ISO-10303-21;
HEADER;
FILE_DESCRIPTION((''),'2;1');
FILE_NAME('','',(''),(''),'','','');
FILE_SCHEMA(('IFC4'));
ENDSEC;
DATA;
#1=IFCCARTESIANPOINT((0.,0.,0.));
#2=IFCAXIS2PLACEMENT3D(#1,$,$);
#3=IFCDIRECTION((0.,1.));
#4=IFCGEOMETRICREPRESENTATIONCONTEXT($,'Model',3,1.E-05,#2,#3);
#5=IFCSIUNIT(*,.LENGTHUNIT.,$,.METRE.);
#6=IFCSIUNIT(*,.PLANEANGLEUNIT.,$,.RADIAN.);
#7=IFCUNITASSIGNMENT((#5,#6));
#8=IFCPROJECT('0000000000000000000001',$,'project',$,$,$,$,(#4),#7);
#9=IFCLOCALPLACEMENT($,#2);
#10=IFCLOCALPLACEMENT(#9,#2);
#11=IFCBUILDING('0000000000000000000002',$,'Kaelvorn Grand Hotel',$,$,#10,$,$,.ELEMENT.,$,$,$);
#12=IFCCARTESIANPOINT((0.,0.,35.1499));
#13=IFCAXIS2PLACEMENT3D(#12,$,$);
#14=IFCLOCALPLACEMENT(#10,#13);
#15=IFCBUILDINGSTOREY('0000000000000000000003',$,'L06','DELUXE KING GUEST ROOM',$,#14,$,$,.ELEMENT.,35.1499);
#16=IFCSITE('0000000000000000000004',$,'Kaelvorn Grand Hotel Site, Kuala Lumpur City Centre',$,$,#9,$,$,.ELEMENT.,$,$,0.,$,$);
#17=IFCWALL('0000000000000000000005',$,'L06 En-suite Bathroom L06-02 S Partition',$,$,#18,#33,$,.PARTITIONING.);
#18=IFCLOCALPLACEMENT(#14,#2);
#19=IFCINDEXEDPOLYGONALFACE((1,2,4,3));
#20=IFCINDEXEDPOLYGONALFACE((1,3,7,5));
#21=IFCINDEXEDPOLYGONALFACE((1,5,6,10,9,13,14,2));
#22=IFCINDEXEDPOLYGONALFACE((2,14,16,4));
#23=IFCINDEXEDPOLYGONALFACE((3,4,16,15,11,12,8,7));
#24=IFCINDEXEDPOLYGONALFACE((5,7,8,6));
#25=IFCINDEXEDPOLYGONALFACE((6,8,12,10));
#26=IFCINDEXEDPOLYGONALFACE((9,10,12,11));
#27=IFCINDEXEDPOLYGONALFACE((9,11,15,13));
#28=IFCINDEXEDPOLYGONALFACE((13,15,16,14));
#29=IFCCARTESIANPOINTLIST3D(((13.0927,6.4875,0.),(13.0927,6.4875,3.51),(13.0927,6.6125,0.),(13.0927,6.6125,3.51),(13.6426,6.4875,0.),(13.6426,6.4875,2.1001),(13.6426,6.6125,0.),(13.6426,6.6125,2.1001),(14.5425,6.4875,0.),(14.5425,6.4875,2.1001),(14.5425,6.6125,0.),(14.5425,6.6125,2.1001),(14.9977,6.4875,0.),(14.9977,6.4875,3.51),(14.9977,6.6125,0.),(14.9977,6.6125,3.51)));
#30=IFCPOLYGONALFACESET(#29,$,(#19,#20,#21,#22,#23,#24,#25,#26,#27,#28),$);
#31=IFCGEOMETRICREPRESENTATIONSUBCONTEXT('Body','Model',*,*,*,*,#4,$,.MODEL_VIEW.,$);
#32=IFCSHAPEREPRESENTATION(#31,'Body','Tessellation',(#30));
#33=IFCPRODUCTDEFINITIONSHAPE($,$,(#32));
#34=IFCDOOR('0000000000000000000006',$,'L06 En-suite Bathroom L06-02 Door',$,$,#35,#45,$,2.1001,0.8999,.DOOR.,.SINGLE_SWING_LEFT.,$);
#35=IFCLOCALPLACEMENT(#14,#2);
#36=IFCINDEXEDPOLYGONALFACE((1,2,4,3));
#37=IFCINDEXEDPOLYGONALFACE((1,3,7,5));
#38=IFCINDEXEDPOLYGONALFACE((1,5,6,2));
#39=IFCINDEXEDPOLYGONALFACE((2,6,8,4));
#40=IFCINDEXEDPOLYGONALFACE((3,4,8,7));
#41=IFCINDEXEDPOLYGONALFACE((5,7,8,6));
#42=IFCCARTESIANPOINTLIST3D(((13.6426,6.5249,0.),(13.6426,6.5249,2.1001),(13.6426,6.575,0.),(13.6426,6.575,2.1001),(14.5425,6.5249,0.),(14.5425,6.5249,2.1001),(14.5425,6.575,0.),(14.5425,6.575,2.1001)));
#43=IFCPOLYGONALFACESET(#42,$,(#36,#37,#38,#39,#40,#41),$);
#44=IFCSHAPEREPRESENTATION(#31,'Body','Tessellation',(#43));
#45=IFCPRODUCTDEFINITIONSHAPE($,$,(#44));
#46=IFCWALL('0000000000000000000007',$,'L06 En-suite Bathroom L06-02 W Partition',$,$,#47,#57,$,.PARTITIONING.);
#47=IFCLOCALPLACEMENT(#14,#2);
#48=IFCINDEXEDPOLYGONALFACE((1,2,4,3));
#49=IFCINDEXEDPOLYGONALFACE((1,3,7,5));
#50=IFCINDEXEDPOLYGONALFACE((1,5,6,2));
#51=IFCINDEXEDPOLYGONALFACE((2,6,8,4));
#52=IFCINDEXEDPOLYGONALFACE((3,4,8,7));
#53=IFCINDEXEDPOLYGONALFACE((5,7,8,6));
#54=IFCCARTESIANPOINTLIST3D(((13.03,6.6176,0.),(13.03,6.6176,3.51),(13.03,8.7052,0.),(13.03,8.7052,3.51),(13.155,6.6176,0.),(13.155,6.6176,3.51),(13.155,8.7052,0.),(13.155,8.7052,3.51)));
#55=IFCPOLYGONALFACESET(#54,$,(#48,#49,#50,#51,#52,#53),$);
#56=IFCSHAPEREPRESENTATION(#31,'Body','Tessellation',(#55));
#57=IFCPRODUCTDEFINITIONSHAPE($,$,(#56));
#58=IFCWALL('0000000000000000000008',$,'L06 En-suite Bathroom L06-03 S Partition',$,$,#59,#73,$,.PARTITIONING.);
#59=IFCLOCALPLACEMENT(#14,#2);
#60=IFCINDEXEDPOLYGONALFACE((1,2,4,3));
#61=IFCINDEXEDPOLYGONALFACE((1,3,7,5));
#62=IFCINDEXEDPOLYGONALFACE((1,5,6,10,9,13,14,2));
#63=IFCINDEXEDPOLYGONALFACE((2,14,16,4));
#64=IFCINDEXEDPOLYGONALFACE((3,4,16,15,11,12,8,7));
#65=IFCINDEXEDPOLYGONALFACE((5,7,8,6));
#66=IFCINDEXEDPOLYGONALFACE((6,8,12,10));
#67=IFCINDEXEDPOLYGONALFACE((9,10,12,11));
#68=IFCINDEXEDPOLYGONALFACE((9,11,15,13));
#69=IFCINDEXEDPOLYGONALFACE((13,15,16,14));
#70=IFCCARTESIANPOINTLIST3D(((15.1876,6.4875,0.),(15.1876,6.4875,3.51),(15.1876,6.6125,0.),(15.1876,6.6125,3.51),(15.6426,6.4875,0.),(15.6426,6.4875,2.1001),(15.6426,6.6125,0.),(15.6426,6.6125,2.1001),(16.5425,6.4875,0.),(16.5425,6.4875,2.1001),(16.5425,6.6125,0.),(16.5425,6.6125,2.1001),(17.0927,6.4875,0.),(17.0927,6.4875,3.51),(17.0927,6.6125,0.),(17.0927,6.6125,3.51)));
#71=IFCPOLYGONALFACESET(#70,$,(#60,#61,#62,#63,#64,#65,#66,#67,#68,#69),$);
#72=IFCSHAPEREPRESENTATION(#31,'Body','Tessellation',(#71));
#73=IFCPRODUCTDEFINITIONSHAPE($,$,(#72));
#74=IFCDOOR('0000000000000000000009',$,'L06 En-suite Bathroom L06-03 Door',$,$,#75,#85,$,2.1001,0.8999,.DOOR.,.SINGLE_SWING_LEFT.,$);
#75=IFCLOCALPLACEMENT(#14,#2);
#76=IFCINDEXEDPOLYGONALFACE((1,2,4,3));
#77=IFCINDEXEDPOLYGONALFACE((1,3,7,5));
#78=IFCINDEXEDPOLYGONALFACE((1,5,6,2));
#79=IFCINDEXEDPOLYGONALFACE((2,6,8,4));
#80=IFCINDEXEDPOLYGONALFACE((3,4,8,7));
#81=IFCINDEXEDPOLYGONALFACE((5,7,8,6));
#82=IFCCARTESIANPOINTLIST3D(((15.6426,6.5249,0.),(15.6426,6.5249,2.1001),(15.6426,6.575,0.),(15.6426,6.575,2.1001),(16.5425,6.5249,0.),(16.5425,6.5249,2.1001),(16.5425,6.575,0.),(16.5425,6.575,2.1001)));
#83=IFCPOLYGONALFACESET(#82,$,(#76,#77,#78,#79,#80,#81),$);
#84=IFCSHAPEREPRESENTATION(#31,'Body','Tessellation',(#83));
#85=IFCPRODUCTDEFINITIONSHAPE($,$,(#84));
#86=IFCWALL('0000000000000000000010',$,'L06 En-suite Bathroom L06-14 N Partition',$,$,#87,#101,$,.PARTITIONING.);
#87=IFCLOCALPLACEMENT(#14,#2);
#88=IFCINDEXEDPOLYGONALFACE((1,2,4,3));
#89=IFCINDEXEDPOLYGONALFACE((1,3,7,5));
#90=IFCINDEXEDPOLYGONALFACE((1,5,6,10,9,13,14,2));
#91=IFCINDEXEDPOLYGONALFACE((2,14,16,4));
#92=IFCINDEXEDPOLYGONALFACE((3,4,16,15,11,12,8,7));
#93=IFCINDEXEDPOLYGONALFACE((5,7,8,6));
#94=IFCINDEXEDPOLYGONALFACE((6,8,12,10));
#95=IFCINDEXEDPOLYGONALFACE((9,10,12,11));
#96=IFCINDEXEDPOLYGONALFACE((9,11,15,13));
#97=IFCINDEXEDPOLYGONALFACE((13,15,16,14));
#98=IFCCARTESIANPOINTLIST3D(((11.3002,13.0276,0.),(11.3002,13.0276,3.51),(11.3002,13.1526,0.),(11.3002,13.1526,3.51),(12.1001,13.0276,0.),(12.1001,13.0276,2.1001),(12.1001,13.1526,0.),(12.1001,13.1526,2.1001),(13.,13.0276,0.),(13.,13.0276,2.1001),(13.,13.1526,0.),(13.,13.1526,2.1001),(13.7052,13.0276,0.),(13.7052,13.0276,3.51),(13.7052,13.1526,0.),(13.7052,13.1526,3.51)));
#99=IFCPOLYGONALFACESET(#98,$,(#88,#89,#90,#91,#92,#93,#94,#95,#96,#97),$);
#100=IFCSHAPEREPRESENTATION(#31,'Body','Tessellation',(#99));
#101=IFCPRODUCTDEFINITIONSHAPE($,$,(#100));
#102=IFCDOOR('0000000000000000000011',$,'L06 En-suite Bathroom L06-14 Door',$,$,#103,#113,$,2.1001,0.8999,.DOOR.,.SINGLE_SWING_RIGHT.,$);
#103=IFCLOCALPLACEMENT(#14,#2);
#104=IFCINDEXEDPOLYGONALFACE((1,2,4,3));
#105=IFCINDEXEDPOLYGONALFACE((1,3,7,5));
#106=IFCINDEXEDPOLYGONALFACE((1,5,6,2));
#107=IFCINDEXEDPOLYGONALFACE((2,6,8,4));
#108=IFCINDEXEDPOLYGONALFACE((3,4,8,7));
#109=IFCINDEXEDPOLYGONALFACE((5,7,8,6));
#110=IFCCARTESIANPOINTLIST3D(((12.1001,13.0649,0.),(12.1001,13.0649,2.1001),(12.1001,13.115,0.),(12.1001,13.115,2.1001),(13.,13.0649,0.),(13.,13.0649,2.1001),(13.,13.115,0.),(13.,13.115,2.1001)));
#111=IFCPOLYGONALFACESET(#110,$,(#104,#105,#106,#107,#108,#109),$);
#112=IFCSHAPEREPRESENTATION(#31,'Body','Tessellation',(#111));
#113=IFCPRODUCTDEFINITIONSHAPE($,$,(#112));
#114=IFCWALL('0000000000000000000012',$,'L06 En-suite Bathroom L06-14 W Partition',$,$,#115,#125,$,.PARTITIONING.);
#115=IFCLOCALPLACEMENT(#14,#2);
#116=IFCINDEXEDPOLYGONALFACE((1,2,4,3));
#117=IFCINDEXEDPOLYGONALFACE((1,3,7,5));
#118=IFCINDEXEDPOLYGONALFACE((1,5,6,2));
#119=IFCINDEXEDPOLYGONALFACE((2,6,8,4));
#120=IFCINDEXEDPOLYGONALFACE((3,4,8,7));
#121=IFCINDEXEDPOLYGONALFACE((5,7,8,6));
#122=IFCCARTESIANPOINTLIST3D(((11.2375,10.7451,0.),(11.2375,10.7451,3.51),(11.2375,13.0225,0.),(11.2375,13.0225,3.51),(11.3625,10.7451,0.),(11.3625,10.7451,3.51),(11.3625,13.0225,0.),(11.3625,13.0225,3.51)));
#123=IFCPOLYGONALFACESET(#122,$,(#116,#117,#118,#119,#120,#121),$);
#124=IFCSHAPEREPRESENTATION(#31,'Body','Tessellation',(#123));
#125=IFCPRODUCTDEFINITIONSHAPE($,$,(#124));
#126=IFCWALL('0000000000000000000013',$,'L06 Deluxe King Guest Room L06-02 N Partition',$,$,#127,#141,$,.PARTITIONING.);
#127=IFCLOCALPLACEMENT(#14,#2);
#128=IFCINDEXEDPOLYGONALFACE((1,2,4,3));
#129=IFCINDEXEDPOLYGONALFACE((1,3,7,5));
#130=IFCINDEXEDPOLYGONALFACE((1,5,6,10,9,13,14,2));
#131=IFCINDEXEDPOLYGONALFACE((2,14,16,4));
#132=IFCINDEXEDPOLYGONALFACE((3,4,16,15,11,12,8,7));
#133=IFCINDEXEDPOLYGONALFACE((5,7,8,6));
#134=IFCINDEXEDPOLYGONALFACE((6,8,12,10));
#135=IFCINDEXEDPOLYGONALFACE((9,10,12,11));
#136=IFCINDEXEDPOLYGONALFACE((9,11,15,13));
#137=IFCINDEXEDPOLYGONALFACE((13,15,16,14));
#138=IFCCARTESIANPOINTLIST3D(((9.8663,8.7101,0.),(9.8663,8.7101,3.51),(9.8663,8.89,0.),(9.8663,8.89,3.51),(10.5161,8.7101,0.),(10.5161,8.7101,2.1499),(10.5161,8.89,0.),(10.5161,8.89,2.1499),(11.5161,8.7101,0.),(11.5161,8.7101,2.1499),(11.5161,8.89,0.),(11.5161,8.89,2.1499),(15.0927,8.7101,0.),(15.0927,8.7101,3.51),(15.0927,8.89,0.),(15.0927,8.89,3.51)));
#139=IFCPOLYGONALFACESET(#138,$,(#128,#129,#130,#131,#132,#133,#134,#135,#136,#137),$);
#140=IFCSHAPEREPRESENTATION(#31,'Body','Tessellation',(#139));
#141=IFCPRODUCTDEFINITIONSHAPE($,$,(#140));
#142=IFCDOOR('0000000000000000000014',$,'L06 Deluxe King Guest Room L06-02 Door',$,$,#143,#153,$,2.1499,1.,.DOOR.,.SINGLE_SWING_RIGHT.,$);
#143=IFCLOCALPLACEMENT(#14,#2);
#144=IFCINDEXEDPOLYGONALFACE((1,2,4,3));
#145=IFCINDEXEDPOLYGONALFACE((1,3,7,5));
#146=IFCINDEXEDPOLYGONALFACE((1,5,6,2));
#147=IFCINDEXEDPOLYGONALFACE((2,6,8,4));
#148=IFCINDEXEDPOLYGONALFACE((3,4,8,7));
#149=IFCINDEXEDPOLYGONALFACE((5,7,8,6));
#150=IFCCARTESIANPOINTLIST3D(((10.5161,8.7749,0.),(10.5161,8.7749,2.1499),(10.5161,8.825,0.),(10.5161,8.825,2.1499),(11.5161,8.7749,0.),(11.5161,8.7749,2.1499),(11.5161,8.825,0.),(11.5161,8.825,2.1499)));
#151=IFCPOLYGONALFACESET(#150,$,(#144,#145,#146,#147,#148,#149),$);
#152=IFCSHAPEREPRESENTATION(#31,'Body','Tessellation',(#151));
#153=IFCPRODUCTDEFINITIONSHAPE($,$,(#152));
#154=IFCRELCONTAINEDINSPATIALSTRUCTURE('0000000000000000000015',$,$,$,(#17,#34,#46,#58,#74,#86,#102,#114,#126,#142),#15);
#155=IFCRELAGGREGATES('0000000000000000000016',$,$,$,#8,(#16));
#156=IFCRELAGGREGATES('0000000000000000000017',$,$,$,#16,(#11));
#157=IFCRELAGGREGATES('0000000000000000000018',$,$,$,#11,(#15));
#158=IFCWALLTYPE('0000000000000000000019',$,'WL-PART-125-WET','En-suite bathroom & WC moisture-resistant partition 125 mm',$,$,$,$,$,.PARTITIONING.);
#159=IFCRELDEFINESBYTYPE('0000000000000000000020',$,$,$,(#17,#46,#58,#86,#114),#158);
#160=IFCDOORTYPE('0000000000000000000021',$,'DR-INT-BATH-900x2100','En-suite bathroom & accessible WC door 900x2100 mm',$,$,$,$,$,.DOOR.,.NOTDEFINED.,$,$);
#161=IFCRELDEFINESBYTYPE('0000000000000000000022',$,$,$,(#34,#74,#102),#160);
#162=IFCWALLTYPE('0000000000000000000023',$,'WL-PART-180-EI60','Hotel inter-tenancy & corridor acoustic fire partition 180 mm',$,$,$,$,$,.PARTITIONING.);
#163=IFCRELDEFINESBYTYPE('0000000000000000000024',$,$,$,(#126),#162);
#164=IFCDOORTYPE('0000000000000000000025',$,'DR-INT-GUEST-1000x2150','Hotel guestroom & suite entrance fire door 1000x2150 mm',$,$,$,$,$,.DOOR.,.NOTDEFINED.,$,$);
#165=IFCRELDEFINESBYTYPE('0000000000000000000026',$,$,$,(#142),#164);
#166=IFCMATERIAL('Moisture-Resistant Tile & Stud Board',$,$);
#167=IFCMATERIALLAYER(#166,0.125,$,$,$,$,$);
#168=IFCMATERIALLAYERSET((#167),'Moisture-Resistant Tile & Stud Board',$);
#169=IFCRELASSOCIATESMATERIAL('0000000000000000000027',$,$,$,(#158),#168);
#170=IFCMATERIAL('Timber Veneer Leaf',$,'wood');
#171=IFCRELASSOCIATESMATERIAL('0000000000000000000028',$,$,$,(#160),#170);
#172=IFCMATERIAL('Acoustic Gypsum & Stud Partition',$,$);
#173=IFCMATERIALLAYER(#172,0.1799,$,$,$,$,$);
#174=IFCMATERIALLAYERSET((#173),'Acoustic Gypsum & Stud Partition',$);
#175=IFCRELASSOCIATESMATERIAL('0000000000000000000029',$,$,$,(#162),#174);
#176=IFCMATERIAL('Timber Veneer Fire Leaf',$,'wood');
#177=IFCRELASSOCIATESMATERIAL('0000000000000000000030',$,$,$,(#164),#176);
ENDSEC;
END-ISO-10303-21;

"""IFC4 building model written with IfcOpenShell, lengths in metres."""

from ifc_helpers import new_model, si_unit, direction, frame, frame_2d, origin, place, context, subcontext, project, spatial, rectangle, extrude, material, layer, layer_set, type_object, element, fill, save


model = new_model("IFC4")

# Units and contexts
model_context = context("Model", 3, precision=1e-05, world=origin(), true_north=direction((0.0, 1.0)))
body_context = subcontext(model_context, "Body", "Model", "MODEL_VIEW")
ifc_project = project(units=[si_unit("LENGTHUNIT", "METRE"), si_unit("PLANEANGLEUNIT", "RADIAN")], contexts=[model_context])

# Site, building, storey
site_placement = place(None, origin())
site = spatial("IfcSite", under=ifc_project, at=site_placement, Name="Kaelvorn Grand Hotel Site, Kuala Lumpur City Centre", CompositionType="ELEMENT", RefElevation=0.0)
building_placement = place(site_placement, origin())
building = spatial("IfcBuilding", under=site, at=building_placement, Name="Kaelvorn Grand Hotel", CompositionType="ELEMENT")
storey_placement = place(building_placement, frame((0.0, 0.0, 35.1499)))
storey = spatial("IfcBuildingStorey", under=building, at=storey_placement, Name="L06", Description="DELUXE KING GUEST ROOM", CompositionType="ELEMENT", Elevation=35.1499)

# Shared definitions
ifc_material_1 = material(Name="Moisture-Resistant Tile & Stud Board")
ifc_layer_1 = layer(ifc_material_1, 0.125)
ifc_layer_set_1 = layer_set([ifc_layer_1], Name="Moisture-Resistant Tile & Stud Board")
wall_type_1 = type_object("IfcWallType", Name="WL-PART-125-WET", Description="En-suite bathroom & WC moisture-resistant partition 125 mm", PredefinedType="PARTITIONING", material=ifc_layer_set_1)

# Wall, opening, door
wall_1_placement = place(storey_placement, frame((13.0925, 6.55, 0.0), z_axis=(0.0, 0.0, 1.0), x_axis=(1.0, 0.0, 0.0)))
wall_1 = element("IfcWall", 1, at=wall_1_placement, inside=storey, type_object=wall_type_1, Name="L06 En-suite Bathroom L06-02 S Partition", PredefinedType="PARTITIONING", context=body_context, shape_type="SweptSolid", body=[
    extrude(rectangle(XDim=1.905, YDim=0.125, at=frame_2d((0.9526, 0.0))), origin(), (0.0, 0.0, 1.0), 3.51),
])
opening_1_placement = place(wall_1_placement, frame((0.55, 0.0, 0.0)))
opening_1 = element("IfcOpeningElement", 2, at=opening_1_placement, cuts=wall_1, PredefinedType="OPENING", context=body_context, shape_type="SweptSolid", body=[
    extrude(rectangle(XDim=0.8999, YDim=2.1001, at=frame_2d((0.45, 1.05))), frame((0.0, 0.0725, 0.0), z_axis=(0.0, -1.0, 0.0), x_axis=(1.0, 0.0, 0.0)), (0.0, 0.0, 1.0), 0.145),
])
ifc_material_2 = material(Name="Timber Veneer Leaf", Category="wood")
door_type_1 = type_object("IfcDoorType", Name="DR-INT-BATH-900x2100", Description="En-suite bathroom & accessible WC door 900x2100 mm", OperationType="NOTDEFINED", PredefinedType="DOOR", material=ifc_material_2)
door_1_placement = place(opening_1_placement, origin())
door_1 = element("IfcDoor", 3, at=door_1_placement, inside=storey, type_object=door_type_1, Name="L06 En-suite Bathroom L06-02 Door", OperationType="SINGLE_SWING_LEFT", OverallHeight=2.1001, OverallWidth=0.8999, PredefinedType="DOOR", context=body_context, shape_type="SweptSolid", body=[
    extrude(rectangle(XDim=0.8999, YDim=2.1001, at=frame_2d((0.45, 1.05))), frame((0.0, 0.0249, 0.0), z_axis=(0.0, -1.0, 0.0), x_axis=(1.0, 0.0, 0.0)), (0.0, 0.0, 1.0), 0.05),
])
fill(opening_1, door_1)

# Wall
wall_2_placement = place(storey_placement, frame((13.0925, 6.6174, 0.0), z_axis=(0.0, 0.0, 1.0), x_axis=(0.0, 1.0, 0.0)))
element("IfcWall", 4, at=wall_2_placement, inside=storey, type_object=wall_type_1, Name="L06 En-suite Bathroom L06-02 W Partition", PredefinedType="PARTITIONING", context=body_context, shape_type="SweptSolid", body=[
    extrude(rectangle(XDim=2.0876, YDim=0.125, at=frame_2d((1.0439, 0.0))), origin(), (0.0, 0.0, 1.0), 3.51),
])

# Walls, openings, doors
wall_3_placement = place(storey_placement, frame((15.1875, 6.55, 0.0), z_axis=(0.0, 0.0, 1.0), x_axis=(1.0, 0.0, 0.0)))
wall_3 = element("IfcWall", 5, at=wall_3_placement, inside=storey, type_object=wall_type_1, Name="L06 En-suite Bathroom L06-03 S Partition", PredefinedType="PARTITIONING", context=body_context, shape_type="SweptSolid", body=[
    extrude(rectangle(XDim=1.905, YDim=0.125, at=frame_2d((0.9526, 0.0))), origin(), (0.0, 0.0, 1.0), 3.51),
])
opening_2_placement = place(wall_3_placement, frame((0.4551, 0.0, 0.0)))
opening_2 = element("IfcOpeningElement", 6, at=opening_2_placement, cuts=wall_3, PredefinedType="OPENING", context=body_context, shape_type="SweptSolid", body=[
    extrude(rectangle(XDim=0.8999, YDim=2.1001, at=frame_2d((0.45, 1.05))), frame((0.0, 0.0725, 0.0), z_axis=(0.0, -1.0, 0.0), x_axis=(1.0, 0.0, 0.0)), (0.0, 0.0, 1.0), 0.145),
])
door_2_placement = place(opening_2_placement, origin())
door_2 = element("IfcDoor", 7, at=door_2_placement, inside=storey, type_object=door_type_1, Name="L06 En-suite Bathroom L06-03 Door", OperationType="SINGLE_SWING_LEFT", OverallHeight=2.1001, OverallWidth=0.8999, PredefinedType="DOOR", context=body_context, shape_type="SweptSolid", body=[
    extrude(rectangle(XDim=0.8999, YDim=2.1001, at=frame_2d((0.45, 1.05))), frame((0.0, 0.0249, 0.0), z_axis=(0.0, -1.0, 0.0), x_axis=(1.0, 0.0, 0.0)), (0.0, 0.0, 1.0), 0.05),
])
fill(opening_2, door_2)
wall_4_placement = place(storey_placement, frame((11.3, 13.0901, 0.0), z_axis=(0.0, 0.0, 1.0), x_axis=(1.0, 0.0, 0.0)))
wall_4 = element("IfcWall", 8, at=wall_4_placement, inside=storey, type_object=wall_type_1, Name="L06 En-suite Bathroom L06-14 N Partition", PredefinedType="PARTITIONING", context=body_context, shape_type="SweptSolid", body=[
    extrude(rectangle(XDim=2.405, YDim=0.125, at=frame_2d((1.2026, 0.0))), origin(), (0.0, 0.0, 1.0), 3.51),
])
opening_3_placement = place(wall_4_placement, frame((0.8, 0.0, 0.0)))
opening_3 = element("IfcOpeningElement", 9, at=opening_3_placement, cuts=wall_4, PredefinedType="OPENING", context=body_context, shape_type="SweptSolid", body=[
    extrude(rectangle(XDim=0.8999, YDim=2.1001, at=frame_2d((0.45, 1.05))), frame((0.0, 0.0725, 0.0), z_axis=(0.0, -1.0, 0.0), x_axis=(1.0, 0.0, 0.0)), (0.0, 0.0, 1.0), 0.145),
])
door_3_placement = place(opening_3_placement, origin())
door_3 = element("IfcDoor", 10, at=door_3_placement, inside=storey, type_object=door_type_1, Name="L06 En-suite Bathroom L06-14 Door", OperationType="SINGLE_SWING_RIGHT", OverallHeight=2.1001, OverallWidth=0.8999, PredefinedType="DOOR", context=body_context, shape_type="SweptSolid", body=[
    extrude(rectangle(XDim=0.8999, YDim=2.1001, at=frame_2d((0.45, 1.05))), frame((0.0, 0.0249, 0.0), z_axis=(0.0, -1.0, 0.0), x_axis=(1.0, 0.0, 0.0)), (0.0, 0.0, 1.0), 0.05),
])
fill(opening_3, door_3)

# Wall
wall_5_placement = place(storey_placement, frame((11.3, 10.7451, 0.0), z_axis=(0.0, 0.0, 1.0), x_axis=(0.0, 1.0, 0.0)))
element("IfcWall", 11, at=wall_5_placement, inside=storey, type_object=wall_type_1, Name="L06 En-suite Bathroom L06-14 W Partition", PredefinedType="PARTITIONING", context=body_context, shape_type="SweptSolid", body=[
    extrude(rectangle(XDim=2.2773, YDim=0.125, at=frame_2d((1.1387, 0.0))), origin(), (0.0, 0.0, 1.0), 3.51),
])

# Wall, opening, door
ifc_material_3 = material(Name="Acoustic Gypsum & Stud Partition")
ifc_layer_2 = layer(ifc_material_3, 0.1799)
ifc_layer_set_2 = layer_set([ifc_layer_2], Name="Acoustic Gypsum & Stud Partition")
wall_type_2 = type_object("IfcWallType", Name="WL-PART-180-EI60", Description="Hotel inter-tenancy & corridor acoustic fire partition 180 mm", PredefinedType="PARTITIONING", material=ifc_layer_set_2)
wall_6_placement = place(storey_placement, frame((9.8662, 8.8, 0.0), z_axis=(0.0, 0.0, 1.0), x_axis=(1.0, 0.0, 0.0)))
wall_6 = element("IfcWall", 12, at=wall_6_placement, inside=storey, type_object=wall_type_2, Name="L06 Deluxe King Guest Room L06-02 N Partition", PredefinedType="PARTITIONING", context=body_context, shape_type="SweptSolid", body=[
    extrude(rectangle(XDim=5.2263, YDim=0.1799, at=frame_2d((2.6133, 0.0))), origin(), (0.0, 0.0, 1.0), 3.51),
])
opening_4_placement = place(wall_6_placement, frame((0.6499, 0.0, 0.0)))
opening_4 = element("IfcOpeningElement", 13, at=opening_4_placement, cuts=wall_6, PredefinedType="OPENING", context=body_context, shape_type="SweptSolid", body=[
    extrude(rectangle(XDim=1.0, YDim=2.1499, at=frame_2d((0.5, 1.075))), frame((0.0, 0.1001, 0.0), z_axis=(0.0, -1.0, 0.0), x_axis=(1.0, 0.0, 0.0)), (0.0, 0.0, 1.0), 0.2),
])
ifc_material_4 = material(Name="Timber Veneer Fire Leaf", Category="wood")
door_type_2 = type_object("IfcDoorType", Name="DR-INT-GUEST-1000x2150", Description="Hotel guestroom & suite entrance fire door 1000x2150 mm", OperationType="NOTDEFINED", PredefinedType="DOOR", material=ifc_material_4)
door_4_placement = place(opening_4_placement, origin())
door_4 = element("IfcDoor", 14, at=door_4_placement, inside=storey, type_object=door_type_2, Name="L06 Deluxe King Guest Room L06-02 Door", OperationType="SINGLE_SWING_RIGHT", OverallHeight=2.1499, OverallWidth=1.0, PredefinedType="DOOR", context=body_context, shape_type="SweptSolid", body=[
    extrude(rectangle(XDim=1.0, YDim=2.1499, at=frame_2d((0.5, 1.075))), frame((0.0, 0.0249, 0.0), z_axis=(0.0, -1.0, 0.0), x_axis=(1.0, 0.0, 0.0)), (0.0, 0.0, 1.0), 0.05),
])
fill(opening_4, door_4)

save(model, "model.ifc")
